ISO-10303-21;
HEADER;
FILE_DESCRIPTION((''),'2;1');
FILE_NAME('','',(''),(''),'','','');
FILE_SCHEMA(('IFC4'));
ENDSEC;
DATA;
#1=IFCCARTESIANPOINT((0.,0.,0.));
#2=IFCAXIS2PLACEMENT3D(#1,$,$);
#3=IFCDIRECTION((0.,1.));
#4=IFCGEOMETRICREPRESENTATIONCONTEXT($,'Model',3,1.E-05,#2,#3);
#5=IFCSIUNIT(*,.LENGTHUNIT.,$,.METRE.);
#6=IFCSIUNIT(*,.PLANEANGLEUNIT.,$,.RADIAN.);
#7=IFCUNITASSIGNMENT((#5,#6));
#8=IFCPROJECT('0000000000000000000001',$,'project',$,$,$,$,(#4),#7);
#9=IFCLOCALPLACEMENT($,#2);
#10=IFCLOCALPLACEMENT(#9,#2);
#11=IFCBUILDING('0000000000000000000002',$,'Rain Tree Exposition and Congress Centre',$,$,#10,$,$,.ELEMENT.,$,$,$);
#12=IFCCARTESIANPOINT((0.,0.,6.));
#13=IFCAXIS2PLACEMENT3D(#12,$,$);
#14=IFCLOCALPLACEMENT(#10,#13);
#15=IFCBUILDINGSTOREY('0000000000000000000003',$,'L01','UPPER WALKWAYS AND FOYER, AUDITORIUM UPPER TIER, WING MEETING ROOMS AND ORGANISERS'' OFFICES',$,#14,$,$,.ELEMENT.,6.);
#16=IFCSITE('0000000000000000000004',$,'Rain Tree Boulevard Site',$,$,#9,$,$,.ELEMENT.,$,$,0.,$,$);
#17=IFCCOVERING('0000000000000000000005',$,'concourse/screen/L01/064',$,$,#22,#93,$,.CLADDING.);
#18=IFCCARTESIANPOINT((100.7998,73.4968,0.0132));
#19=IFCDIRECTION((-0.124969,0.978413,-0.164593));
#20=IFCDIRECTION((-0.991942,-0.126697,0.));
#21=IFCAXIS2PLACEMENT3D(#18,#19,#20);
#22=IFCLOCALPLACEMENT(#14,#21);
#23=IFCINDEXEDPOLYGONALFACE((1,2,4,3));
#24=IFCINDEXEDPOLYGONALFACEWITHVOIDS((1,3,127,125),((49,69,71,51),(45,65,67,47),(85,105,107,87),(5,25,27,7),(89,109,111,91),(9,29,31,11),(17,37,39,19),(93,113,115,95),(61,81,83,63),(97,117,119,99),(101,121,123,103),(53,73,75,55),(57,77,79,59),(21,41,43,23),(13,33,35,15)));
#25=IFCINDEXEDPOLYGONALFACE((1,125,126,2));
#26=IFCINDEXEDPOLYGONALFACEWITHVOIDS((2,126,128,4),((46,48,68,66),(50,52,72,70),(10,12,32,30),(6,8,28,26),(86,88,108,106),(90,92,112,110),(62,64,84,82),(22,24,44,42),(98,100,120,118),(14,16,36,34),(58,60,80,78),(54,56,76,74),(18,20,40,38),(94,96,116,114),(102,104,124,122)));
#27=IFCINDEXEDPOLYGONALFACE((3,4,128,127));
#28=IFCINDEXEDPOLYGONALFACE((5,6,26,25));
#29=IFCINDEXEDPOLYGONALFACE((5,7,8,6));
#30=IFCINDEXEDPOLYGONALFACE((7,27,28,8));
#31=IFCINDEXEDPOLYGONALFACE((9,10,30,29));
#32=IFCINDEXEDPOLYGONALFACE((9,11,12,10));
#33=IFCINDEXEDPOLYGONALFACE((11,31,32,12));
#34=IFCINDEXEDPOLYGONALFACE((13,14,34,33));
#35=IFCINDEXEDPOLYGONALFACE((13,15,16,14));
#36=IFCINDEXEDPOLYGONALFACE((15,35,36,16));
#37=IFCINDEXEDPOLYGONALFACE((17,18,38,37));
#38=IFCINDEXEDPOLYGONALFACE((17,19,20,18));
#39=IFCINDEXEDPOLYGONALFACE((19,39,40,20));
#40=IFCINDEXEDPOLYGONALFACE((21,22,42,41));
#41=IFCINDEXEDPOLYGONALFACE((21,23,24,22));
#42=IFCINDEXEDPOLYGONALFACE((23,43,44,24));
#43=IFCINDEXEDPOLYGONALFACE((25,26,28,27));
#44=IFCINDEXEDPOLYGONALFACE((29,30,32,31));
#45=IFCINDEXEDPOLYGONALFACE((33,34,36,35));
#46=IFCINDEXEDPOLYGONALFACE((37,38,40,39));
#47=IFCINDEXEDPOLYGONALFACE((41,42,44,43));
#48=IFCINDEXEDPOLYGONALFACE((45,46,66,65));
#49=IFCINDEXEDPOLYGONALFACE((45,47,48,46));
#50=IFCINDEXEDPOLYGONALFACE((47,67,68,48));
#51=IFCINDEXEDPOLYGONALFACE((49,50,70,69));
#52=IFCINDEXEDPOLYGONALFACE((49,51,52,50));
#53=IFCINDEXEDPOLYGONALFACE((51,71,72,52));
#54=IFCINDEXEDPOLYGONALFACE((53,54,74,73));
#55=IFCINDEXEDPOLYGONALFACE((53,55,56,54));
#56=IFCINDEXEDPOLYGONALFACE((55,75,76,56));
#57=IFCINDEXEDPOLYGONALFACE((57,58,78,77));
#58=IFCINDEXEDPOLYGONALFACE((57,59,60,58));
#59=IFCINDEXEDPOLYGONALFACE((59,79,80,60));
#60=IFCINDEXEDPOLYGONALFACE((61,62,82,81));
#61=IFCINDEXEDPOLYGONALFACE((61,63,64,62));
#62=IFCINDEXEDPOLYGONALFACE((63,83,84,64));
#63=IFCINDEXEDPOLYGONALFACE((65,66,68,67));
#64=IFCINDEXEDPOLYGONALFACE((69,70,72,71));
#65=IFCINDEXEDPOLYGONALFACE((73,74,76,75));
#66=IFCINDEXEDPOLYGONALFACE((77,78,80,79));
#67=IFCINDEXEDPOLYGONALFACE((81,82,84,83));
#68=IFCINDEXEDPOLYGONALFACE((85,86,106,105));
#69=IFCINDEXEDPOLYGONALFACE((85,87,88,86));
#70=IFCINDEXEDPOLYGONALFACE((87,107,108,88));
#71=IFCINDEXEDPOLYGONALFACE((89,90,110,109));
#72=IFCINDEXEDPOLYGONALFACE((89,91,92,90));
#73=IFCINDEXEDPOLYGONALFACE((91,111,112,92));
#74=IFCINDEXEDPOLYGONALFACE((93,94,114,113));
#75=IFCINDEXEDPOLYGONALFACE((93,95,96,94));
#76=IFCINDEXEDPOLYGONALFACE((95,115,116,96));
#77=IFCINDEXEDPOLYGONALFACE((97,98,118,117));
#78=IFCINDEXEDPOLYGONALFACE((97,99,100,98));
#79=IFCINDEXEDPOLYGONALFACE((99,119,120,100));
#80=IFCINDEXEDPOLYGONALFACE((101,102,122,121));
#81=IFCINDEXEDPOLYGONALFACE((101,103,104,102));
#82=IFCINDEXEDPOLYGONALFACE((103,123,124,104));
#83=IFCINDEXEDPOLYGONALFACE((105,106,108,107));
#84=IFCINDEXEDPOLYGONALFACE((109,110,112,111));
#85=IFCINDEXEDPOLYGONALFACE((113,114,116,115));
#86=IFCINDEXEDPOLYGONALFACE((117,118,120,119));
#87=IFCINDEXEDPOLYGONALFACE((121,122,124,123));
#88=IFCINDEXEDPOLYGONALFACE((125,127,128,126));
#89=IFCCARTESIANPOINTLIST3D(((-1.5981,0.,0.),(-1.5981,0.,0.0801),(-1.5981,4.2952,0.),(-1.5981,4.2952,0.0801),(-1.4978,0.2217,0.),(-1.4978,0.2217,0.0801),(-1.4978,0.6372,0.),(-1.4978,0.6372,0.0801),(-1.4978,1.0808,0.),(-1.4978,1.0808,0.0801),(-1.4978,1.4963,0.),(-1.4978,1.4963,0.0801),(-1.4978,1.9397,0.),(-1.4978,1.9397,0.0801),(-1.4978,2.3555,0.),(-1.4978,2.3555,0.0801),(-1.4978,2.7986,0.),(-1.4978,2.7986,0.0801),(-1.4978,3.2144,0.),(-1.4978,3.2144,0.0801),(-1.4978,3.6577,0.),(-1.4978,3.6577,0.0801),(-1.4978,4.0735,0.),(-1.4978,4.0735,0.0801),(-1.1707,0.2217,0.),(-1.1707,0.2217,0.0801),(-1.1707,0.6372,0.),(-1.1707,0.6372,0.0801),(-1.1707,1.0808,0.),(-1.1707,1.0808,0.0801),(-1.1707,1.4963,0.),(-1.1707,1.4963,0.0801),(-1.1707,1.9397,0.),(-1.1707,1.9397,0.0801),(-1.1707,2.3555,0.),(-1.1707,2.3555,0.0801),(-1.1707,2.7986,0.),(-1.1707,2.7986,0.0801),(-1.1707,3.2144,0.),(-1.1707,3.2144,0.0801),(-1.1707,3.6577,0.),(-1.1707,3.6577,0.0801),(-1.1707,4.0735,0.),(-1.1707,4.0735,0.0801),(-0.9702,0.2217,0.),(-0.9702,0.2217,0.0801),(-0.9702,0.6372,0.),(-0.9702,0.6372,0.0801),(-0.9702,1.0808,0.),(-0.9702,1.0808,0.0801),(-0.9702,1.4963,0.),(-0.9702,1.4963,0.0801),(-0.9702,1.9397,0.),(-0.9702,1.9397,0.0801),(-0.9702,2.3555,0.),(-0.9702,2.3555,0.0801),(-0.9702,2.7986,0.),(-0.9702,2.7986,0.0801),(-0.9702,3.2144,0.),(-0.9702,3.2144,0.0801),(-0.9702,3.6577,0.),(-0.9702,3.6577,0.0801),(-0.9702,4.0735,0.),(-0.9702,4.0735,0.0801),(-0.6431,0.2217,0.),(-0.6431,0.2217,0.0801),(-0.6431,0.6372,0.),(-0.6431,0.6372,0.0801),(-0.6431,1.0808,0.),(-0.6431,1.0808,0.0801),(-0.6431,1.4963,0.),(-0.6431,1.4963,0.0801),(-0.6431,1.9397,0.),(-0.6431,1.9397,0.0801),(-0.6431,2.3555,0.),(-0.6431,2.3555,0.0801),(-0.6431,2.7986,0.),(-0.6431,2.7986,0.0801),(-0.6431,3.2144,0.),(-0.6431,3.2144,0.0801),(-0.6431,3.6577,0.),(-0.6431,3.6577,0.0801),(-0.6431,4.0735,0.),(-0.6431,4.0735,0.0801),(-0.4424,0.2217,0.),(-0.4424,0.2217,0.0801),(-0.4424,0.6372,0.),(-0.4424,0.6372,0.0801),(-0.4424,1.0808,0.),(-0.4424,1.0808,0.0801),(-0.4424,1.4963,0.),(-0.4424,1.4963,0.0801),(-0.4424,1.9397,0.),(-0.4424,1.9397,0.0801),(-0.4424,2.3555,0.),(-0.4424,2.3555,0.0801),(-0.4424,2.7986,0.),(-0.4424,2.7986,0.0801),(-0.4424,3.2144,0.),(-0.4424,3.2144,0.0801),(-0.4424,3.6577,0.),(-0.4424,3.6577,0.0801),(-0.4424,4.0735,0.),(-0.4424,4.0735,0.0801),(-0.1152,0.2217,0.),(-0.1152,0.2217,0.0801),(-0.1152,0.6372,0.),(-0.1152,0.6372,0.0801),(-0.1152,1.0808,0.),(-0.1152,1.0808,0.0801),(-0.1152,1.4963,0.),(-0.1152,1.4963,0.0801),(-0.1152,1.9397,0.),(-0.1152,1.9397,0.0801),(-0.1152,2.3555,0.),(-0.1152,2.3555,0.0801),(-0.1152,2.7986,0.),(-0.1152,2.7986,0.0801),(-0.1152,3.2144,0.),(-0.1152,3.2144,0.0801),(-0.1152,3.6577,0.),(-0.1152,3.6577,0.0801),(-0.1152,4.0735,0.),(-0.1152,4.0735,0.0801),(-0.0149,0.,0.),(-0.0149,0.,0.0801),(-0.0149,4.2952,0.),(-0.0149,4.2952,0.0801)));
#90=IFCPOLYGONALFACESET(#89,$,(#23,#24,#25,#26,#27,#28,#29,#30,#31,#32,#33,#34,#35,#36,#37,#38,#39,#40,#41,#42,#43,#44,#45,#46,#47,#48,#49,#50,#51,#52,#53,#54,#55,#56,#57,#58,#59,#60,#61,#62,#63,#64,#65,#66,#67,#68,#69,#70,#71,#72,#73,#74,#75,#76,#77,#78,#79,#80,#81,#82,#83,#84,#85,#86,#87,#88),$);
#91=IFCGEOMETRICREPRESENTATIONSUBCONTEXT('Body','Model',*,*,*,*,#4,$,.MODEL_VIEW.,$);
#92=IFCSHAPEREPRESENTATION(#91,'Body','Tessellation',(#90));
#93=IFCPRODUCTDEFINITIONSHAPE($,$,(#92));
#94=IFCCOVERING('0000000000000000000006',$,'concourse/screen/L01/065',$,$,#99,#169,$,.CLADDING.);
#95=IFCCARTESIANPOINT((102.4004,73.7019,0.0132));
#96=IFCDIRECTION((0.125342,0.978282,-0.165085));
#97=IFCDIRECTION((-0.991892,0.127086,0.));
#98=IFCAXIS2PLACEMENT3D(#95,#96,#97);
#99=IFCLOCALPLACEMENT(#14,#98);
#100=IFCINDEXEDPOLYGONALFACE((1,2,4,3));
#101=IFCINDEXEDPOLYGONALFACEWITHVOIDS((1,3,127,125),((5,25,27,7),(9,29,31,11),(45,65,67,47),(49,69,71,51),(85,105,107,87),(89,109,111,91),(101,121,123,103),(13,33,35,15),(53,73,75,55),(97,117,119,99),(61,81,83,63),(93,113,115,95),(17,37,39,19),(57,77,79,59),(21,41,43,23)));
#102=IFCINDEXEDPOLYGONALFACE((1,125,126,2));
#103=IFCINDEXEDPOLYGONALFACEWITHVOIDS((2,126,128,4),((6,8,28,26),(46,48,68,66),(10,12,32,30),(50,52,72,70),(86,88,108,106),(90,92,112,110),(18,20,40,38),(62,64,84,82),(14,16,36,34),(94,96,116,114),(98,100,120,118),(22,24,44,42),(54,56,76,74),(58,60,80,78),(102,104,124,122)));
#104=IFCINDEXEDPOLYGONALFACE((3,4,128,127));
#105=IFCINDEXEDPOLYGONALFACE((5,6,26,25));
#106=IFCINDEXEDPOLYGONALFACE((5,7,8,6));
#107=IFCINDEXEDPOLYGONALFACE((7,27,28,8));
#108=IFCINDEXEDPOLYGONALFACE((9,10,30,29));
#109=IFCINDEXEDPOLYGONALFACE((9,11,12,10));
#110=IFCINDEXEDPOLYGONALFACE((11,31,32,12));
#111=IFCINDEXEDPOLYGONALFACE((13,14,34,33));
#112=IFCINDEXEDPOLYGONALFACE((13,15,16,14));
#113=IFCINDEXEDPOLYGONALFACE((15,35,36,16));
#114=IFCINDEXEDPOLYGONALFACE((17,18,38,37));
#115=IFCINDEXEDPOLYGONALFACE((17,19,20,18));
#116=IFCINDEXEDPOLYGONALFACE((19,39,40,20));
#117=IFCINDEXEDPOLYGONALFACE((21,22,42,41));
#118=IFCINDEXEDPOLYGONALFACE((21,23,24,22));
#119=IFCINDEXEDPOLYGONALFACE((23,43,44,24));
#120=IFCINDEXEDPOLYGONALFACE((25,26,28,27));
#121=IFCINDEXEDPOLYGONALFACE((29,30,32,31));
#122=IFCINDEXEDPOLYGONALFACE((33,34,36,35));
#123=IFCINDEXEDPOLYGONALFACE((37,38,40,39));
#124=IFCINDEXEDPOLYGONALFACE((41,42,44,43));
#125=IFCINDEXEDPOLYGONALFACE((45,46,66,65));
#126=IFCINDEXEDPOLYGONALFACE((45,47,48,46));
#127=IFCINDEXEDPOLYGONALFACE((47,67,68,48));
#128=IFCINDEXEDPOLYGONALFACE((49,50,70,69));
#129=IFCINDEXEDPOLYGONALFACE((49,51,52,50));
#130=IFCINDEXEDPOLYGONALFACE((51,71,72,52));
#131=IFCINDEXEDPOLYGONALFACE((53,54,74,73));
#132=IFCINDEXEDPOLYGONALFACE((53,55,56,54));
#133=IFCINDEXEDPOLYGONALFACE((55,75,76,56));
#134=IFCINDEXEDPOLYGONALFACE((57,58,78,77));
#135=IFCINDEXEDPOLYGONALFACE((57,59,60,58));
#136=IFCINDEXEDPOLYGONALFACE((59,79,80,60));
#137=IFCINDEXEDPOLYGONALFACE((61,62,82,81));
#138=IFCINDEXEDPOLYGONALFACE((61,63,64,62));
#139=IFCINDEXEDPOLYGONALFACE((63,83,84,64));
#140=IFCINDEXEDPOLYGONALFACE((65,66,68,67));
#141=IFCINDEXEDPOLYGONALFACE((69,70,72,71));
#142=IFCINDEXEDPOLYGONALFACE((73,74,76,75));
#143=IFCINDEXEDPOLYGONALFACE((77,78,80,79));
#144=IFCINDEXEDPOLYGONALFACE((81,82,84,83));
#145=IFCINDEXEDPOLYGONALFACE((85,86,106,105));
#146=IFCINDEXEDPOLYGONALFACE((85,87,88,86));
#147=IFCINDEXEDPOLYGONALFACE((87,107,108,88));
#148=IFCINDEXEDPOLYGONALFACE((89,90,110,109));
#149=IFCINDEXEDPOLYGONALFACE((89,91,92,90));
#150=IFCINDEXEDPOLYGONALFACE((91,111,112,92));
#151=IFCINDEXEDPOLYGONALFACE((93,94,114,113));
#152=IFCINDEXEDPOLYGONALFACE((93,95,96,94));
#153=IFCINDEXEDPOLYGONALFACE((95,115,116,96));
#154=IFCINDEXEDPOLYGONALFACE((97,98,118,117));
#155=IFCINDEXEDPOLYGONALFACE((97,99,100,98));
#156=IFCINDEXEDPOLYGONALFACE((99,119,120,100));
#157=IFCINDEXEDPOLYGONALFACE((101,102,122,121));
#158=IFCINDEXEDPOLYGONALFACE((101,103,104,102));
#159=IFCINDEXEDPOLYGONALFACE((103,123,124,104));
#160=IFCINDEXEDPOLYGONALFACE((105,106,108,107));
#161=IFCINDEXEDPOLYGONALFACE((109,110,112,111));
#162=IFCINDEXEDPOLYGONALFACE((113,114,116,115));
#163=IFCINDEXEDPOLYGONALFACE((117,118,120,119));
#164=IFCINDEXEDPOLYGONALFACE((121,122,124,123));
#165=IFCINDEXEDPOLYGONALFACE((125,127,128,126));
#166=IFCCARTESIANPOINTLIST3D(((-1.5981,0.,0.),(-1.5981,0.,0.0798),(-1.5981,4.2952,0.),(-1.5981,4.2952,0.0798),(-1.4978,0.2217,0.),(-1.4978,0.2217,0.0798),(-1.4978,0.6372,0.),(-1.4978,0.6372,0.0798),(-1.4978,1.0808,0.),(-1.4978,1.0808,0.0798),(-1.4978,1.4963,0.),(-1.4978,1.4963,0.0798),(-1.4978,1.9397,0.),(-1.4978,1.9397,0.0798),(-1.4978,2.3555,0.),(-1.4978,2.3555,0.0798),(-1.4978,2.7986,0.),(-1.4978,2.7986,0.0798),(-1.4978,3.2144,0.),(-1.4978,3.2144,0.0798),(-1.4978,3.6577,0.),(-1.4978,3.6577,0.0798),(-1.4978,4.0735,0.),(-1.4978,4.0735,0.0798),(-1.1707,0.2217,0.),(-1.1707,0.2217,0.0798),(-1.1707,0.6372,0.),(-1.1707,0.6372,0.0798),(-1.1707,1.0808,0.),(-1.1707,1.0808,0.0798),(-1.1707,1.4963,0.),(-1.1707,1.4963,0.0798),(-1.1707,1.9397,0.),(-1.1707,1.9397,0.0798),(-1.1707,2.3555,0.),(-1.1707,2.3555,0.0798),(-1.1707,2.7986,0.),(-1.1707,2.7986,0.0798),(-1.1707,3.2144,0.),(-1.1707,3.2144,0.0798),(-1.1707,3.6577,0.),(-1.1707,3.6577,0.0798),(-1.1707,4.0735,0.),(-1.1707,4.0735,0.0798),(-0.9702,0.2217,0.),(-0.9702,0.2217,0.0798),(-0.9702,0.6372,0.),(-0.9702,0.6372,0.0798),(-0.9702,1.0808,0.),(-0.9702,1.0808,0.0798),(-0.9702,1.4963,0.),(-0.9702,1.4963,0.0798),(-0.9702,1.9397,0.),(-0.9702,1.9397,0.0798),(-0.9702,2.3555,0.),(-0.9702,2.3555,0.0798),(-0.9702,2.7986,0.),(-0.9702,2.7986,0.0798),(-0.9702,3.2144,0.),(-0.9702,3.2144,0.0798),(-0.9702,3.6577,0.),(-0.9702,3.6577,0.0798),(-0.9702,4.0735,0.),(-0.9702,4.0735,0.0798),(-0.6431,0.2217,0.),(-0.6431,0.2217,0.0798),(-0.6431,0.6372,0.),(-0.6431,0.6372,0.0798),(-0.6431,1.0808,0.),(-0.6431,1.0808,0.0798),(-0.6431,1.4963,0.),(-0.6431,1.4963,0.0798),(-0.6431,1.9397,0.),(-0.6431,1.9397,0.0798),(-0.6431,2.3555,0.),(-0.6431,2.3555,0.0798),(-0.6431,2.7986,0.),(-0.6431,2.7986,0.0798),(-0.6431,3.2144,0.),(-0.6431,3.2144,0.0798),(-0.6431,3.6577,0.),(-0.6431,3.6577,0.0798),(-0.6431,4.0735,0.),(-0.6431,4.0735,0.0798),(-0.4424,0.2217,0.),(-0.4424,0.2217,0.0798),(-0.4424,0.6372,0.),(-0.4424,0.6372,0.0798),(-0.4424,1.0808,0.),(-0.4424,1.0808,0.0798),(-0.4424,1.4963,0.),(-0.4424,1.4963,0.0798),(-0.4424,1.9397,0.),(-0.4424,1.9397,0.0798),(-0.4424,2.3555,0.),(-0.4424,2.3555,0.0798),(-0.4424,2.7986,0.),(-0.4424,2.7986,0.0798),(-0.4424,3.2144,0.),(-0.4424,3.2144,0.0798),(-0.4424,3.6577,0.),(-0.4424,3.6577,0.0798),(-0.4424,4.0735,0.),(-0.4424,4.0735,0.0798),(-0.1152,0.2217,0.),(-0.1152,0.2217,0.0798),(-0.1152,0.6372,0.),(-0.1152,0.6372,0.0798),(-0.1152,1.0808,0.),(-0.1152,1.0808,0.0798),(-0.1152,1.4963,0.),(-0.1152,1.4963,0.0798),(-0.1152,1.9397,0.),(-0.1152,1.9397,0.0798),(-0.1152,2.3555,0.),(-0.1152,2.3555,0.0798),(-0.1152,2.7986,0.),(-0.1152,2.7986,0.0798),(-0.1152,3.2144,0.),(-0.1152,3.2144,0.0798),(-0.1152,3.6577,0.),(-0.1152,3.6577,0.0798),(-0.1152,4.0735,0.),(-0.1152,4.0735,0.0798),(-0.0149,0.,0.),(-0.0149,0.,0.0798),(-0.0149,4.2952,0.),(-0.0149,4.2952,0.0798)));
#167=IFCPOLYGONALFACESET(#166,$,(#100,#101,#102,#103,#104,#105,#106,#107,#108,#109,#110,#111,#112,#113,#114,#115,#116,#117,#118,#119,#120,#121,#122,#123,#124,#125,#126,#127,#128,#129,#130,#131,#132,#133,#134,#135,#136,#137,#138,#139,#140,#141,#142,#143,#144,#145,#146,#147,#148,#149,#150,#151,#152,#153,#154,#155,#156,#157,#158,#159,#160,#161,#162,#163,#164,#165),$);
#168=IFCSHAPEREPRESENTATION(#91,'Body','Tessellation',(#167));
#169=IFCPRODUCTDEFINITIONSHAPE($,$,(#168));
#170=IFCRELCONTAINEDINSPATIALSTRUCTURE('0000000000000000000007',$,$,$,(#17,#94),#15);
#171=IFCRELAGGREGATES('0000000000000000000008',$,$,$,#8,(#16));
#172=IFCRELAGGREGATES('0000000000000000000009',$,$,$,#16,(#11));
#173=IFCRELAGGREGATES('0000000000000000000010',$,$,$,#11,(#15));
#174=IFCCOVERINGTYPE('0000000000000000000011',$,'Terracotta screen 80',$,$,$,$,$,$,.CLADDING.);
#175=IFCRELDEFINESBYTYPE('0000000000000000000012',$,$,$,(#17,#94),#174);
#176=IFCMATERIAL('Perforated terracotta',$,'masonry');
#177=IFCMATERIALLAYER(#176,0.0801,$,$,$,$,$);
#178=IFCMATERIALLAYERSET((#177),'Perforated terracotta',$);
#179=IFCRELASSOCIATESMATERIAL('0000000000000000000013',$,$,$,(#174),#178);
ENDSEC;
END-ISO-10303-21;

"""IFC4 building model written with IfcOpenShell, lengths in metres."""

from ifc_helpers import new_model, si_unit, direction, frame, origin, place, context, subcontext, project, spatial, polyline, outline, extrude, material, layer, layer_set, type_object, element, save


model = new_model("IFC4")

# Units and contexts
model_context = context("Model", 3, precision=1e-05, world=origin(), true_north=direction((0.0, 1.0)))
body_context = subcontext(model_context, "Body", "Model", "MODEL_VIEW")
ifc_project = project(units=[si_unit("LENGTHUNIT", "METRE"), si_unit("PLANEANGLEUNIT", "RADIAN")], contexts=[model_context])

# Site, building, storey
site_placement = place(None, origin())
site = spatial("IfcSite", under=ifc_project, at=site_placement, Name="Rain Tree Boulevard Site", CompositionType="ELEMENT", RefElevation=0.0)
building_placement = place(site_placement, origin())
building = spatial("IfcBuilding", under=site, at=building_placement, Name="Rain Tree Exposition and Congress Centre", CompositionType="ELEMENT")
storey_placement = place(building_placement, frame((0.0, 0.0, 6.0)))
storey = spatial("IfcBuildingStorey", under=building, at=storey_placement, Name="L01", Description="UPPER WALKWAYS AND FOYER, AUDITORIUM UPPER TIER, WING MEETING ROOMS AND ORGANISERS' OFFICES", CompositionType="ELEMENT", Elevation=6.0)

# Coverings
ifc_material_1 = material(Name="Perforated terracotta", Category="masonry")
ifc_layer = layer(ifc_material_1, 0.0801)
ifc_layer_set = layer_set([ifc_layer], Name="Perforated terracotta")
covering_type = type_object("IfcCoveringType", Name="Terracotta screen 80", PredefinedType="CLADDING", material=ifc_layer_set)
covering_1_placement = place(storey_placement, frame((100.7998, 73.4968, 0.0132), z_axis=(-0.124969, 0.978413, -0.164593), x_axis=(-0.991942, -0.126697, 0.0)))
element("IfcCovering", 1, at=covering_1_placement, inside=storey, type_object=covering_type, Name="concourse/screen/L01/064", PredefinedType="CLADDING", context=body_context, shape_type="SweptSolid", body=[
    extrude(outline(polyline([(-1.5981, 0.0), (-1.5981, 4.2952), (-0.0149, 4.2952), (-0.0149, 0.0), (-1.5981, 0.0)]), holes=[polyline([(-0.1152, 0.2217), (-0.1152, 0.6372), (-0.4424, 0.6372), (-0.4424, 0.2217), (-0.1152, 0.2217)]), polyline([(-0.1152, 1.0808), (-0.1152, 1.4963), (-0.4424, 1.4963), (-0.4424, 1.0808), (-0.1152, 1.0808)]), polyline([(-0.1152, 1.9397), (-0.1152, 2.3555), (-0.4424, 2.3555), (-0.4424, 1.9397), (-0.1152, 1.9397)]), polyline([(-0.1152, 2.7986), (-0.1152, 3.2144), (-0.4424, 3.2144), (-0.4424, 2.7986), (-0.1152, 2.7986)]), polyline([(-0.1152, 3.6577), (-0.1152, 4.0735), (-0.4424, 4.0735), (-0.4424, 3.6577), (-0.1152, 3.6577)]), polyline([(-0.6431, 0.2217), (-0.6431, 0.6372), (-0.9702, 0.6372), (-0.9702, 0.2217), (-0.6431, 0.2217)]), polyline([(-0.6431, 1.0808), (-0.6431, 1.4963), (-0.9702, 1.4963), (-0.9702, 1.0808), (-0.6431, 1.0808)]), polyline([(-0.6431, 1.9397), (-0.6431, 2.3555), (-0.9702, 2.3555), (-0.9702, 1.9397), (-0.6431, 1.9397)]), polyline([(-0.6431, 2.7986), (-0.6431, 3.2144), (-0.9702, 3.2144), (-0.9702, 2.7986), (-0.6431, 2.7986)]), polyline([(-0.6431, 3.6577), (-0.6431, 4.0735), (-0.9702, 4.0735), (-0.9702, 3.6577), (-0.6431, 3.6577)]), polyline([(-1.1707, 0.2217), (-1.1707, 0.6372), (-1.4978, 0.6372), (-1.4978, 0.2217), (-1.1707, 0.2217)]), polyline([(-1.1707, 1.0808), (-1.1707, 1.4963), (-1.4978, 1.4963), (-1.4978, 1.0808), (-1.1707, 1.0808)]), polyline([(-1.1707, 1.9397), (-1.1707, 2.3555), (-1.4978, 2.3555), (-1.4978, 1.9397), (-1.1707, 1.9397)]), polyline([(-1.1707, 2.7986), (-1.1707, 3.2144), (-1.4978, 3.2144), (-1.4978, 2.7986), (-1.1707, 2.7986)]), polyline([(-1.1707, 3.6577), (-1.1707, 4.0735), (-1.4978, 4.0735), (-1.4978, 3.6577), (-1.1707, 3.6577)])]), origin(), (0.0, 0.0, 1.0), 0.0801),
])
covering_2_placement = place(storey_placement, frame((102.4004, 73.7019, 0.0132), z_axis=(0.125342, 0.978282, -0.165085), x_axis=(-0.991892, 0.127086, 0.0)))
element("IfcCovering", 2, at=covering_2_placement, inside=storey, type_object=covering_type, Name="concourse/screen/L01/065", PredefinedType="CLADDING", context=body_context, shape_type="SweptSolid", body=[
    extrude(outline(polyline([(-1.5981, 0.0), (-1.5981, 4.2952), (-0.0149, 4.2952), (-0.0149, 0.0), (-1.5981, 0.0)]), holes=[polyline([(-0.1152, 0.2217), (-0.1152, 0.6372), (-0.4424, 0.6372), (-0.4424, 0.2217), (-0.1152, 0.2217)]), polyline([(-0.1152, 1.0808), (-0.1152, 1.4963), (-0.4424, 1.4963), (-0.4424, 1.0808), (-0.1152, 1.0808)]), polyline([(-0.1152, 1.9397), (-0.1152, 2.3555), (-0.4424, 2.3555), (-0.4424, 1.9397), (-0.1152, 1.9397)]), polyline([(-0.1152, 2.7986), (-0.1152, 3.2144), (-0.4424, 3.2144), (-0.4424, 2.7986), (-0.1152, 2.7986)]), polyline([(-0.1152, 3.6577), (-0.1152, 4.0735), (-0.4424, 4.0735), (-0.4424, 3.6577), (-0.1152, 3.6577)]), polyline([(-0.6431, 0.2217), (-0.6431, 0.6372), (-0.9702, 0.6372), (-0.9702, 0.2217), (-0.6431, 0.2217)]), polyline([(-0.6431, 1.0808), (-0.6431, 1.4963), (-0.9702, 1.4963), (-0.9702, 1.0808), (-0.6431, 1.0808)]), polyline([(-0.6431, 1.9397), (-0.6431, 2.3555), (-0.9702, 2.3555), (-0.9702, 1.9397), (-0.6431, 1.9397)]), polyline([(-0.6431, 2.7986), (-0.6431, 3.2144), (-0.9702, 3.2144), (-0.9702, 2.7986), (-0.6431, 2.7986)]), polyline([(-0.6431, 3.6577), (-0.6431, 4.0735), (-0.9702, 4.0735), (-0.9702, 3.6577), (-0.6431, 3.6577)]), polyline([(-1.1707, 0.2217), (-1.1707, 0.6372), (-1.4978, 0.6372), (-1.4978, 0.2217), (-1.1707, 0.2217)]), polyline([(-1.1707, 1.0808), (-1.1707, 1.4963), (-1.4978, 1.4963), (-1.4978, 1.0808), (-1.1707, 1.0808)]), polyline([(-1.1707, 1.9397), (-1.1707, 2.3555), (-1.4978, 2.3555), (-1.4978, 1.9397), (-1.1707, 1.9397)]), polyline([(-1.1707, 2.7986), (-1.1707, 3.2144), (-1.4978, 3.2144), (-1.4978, 2.7986), (-1.1707, 2.7986)]), polyline([(-1.1707, 3.6577), (-1.1707, 4.0735), (-1.4978, 4.0735), (-1.4978, 3.6577), (-1.1707, 3.6577)])]), origin(), (0.0, 0.0, 1.0), 0.0798),
])

save(model, "model.ifc")
